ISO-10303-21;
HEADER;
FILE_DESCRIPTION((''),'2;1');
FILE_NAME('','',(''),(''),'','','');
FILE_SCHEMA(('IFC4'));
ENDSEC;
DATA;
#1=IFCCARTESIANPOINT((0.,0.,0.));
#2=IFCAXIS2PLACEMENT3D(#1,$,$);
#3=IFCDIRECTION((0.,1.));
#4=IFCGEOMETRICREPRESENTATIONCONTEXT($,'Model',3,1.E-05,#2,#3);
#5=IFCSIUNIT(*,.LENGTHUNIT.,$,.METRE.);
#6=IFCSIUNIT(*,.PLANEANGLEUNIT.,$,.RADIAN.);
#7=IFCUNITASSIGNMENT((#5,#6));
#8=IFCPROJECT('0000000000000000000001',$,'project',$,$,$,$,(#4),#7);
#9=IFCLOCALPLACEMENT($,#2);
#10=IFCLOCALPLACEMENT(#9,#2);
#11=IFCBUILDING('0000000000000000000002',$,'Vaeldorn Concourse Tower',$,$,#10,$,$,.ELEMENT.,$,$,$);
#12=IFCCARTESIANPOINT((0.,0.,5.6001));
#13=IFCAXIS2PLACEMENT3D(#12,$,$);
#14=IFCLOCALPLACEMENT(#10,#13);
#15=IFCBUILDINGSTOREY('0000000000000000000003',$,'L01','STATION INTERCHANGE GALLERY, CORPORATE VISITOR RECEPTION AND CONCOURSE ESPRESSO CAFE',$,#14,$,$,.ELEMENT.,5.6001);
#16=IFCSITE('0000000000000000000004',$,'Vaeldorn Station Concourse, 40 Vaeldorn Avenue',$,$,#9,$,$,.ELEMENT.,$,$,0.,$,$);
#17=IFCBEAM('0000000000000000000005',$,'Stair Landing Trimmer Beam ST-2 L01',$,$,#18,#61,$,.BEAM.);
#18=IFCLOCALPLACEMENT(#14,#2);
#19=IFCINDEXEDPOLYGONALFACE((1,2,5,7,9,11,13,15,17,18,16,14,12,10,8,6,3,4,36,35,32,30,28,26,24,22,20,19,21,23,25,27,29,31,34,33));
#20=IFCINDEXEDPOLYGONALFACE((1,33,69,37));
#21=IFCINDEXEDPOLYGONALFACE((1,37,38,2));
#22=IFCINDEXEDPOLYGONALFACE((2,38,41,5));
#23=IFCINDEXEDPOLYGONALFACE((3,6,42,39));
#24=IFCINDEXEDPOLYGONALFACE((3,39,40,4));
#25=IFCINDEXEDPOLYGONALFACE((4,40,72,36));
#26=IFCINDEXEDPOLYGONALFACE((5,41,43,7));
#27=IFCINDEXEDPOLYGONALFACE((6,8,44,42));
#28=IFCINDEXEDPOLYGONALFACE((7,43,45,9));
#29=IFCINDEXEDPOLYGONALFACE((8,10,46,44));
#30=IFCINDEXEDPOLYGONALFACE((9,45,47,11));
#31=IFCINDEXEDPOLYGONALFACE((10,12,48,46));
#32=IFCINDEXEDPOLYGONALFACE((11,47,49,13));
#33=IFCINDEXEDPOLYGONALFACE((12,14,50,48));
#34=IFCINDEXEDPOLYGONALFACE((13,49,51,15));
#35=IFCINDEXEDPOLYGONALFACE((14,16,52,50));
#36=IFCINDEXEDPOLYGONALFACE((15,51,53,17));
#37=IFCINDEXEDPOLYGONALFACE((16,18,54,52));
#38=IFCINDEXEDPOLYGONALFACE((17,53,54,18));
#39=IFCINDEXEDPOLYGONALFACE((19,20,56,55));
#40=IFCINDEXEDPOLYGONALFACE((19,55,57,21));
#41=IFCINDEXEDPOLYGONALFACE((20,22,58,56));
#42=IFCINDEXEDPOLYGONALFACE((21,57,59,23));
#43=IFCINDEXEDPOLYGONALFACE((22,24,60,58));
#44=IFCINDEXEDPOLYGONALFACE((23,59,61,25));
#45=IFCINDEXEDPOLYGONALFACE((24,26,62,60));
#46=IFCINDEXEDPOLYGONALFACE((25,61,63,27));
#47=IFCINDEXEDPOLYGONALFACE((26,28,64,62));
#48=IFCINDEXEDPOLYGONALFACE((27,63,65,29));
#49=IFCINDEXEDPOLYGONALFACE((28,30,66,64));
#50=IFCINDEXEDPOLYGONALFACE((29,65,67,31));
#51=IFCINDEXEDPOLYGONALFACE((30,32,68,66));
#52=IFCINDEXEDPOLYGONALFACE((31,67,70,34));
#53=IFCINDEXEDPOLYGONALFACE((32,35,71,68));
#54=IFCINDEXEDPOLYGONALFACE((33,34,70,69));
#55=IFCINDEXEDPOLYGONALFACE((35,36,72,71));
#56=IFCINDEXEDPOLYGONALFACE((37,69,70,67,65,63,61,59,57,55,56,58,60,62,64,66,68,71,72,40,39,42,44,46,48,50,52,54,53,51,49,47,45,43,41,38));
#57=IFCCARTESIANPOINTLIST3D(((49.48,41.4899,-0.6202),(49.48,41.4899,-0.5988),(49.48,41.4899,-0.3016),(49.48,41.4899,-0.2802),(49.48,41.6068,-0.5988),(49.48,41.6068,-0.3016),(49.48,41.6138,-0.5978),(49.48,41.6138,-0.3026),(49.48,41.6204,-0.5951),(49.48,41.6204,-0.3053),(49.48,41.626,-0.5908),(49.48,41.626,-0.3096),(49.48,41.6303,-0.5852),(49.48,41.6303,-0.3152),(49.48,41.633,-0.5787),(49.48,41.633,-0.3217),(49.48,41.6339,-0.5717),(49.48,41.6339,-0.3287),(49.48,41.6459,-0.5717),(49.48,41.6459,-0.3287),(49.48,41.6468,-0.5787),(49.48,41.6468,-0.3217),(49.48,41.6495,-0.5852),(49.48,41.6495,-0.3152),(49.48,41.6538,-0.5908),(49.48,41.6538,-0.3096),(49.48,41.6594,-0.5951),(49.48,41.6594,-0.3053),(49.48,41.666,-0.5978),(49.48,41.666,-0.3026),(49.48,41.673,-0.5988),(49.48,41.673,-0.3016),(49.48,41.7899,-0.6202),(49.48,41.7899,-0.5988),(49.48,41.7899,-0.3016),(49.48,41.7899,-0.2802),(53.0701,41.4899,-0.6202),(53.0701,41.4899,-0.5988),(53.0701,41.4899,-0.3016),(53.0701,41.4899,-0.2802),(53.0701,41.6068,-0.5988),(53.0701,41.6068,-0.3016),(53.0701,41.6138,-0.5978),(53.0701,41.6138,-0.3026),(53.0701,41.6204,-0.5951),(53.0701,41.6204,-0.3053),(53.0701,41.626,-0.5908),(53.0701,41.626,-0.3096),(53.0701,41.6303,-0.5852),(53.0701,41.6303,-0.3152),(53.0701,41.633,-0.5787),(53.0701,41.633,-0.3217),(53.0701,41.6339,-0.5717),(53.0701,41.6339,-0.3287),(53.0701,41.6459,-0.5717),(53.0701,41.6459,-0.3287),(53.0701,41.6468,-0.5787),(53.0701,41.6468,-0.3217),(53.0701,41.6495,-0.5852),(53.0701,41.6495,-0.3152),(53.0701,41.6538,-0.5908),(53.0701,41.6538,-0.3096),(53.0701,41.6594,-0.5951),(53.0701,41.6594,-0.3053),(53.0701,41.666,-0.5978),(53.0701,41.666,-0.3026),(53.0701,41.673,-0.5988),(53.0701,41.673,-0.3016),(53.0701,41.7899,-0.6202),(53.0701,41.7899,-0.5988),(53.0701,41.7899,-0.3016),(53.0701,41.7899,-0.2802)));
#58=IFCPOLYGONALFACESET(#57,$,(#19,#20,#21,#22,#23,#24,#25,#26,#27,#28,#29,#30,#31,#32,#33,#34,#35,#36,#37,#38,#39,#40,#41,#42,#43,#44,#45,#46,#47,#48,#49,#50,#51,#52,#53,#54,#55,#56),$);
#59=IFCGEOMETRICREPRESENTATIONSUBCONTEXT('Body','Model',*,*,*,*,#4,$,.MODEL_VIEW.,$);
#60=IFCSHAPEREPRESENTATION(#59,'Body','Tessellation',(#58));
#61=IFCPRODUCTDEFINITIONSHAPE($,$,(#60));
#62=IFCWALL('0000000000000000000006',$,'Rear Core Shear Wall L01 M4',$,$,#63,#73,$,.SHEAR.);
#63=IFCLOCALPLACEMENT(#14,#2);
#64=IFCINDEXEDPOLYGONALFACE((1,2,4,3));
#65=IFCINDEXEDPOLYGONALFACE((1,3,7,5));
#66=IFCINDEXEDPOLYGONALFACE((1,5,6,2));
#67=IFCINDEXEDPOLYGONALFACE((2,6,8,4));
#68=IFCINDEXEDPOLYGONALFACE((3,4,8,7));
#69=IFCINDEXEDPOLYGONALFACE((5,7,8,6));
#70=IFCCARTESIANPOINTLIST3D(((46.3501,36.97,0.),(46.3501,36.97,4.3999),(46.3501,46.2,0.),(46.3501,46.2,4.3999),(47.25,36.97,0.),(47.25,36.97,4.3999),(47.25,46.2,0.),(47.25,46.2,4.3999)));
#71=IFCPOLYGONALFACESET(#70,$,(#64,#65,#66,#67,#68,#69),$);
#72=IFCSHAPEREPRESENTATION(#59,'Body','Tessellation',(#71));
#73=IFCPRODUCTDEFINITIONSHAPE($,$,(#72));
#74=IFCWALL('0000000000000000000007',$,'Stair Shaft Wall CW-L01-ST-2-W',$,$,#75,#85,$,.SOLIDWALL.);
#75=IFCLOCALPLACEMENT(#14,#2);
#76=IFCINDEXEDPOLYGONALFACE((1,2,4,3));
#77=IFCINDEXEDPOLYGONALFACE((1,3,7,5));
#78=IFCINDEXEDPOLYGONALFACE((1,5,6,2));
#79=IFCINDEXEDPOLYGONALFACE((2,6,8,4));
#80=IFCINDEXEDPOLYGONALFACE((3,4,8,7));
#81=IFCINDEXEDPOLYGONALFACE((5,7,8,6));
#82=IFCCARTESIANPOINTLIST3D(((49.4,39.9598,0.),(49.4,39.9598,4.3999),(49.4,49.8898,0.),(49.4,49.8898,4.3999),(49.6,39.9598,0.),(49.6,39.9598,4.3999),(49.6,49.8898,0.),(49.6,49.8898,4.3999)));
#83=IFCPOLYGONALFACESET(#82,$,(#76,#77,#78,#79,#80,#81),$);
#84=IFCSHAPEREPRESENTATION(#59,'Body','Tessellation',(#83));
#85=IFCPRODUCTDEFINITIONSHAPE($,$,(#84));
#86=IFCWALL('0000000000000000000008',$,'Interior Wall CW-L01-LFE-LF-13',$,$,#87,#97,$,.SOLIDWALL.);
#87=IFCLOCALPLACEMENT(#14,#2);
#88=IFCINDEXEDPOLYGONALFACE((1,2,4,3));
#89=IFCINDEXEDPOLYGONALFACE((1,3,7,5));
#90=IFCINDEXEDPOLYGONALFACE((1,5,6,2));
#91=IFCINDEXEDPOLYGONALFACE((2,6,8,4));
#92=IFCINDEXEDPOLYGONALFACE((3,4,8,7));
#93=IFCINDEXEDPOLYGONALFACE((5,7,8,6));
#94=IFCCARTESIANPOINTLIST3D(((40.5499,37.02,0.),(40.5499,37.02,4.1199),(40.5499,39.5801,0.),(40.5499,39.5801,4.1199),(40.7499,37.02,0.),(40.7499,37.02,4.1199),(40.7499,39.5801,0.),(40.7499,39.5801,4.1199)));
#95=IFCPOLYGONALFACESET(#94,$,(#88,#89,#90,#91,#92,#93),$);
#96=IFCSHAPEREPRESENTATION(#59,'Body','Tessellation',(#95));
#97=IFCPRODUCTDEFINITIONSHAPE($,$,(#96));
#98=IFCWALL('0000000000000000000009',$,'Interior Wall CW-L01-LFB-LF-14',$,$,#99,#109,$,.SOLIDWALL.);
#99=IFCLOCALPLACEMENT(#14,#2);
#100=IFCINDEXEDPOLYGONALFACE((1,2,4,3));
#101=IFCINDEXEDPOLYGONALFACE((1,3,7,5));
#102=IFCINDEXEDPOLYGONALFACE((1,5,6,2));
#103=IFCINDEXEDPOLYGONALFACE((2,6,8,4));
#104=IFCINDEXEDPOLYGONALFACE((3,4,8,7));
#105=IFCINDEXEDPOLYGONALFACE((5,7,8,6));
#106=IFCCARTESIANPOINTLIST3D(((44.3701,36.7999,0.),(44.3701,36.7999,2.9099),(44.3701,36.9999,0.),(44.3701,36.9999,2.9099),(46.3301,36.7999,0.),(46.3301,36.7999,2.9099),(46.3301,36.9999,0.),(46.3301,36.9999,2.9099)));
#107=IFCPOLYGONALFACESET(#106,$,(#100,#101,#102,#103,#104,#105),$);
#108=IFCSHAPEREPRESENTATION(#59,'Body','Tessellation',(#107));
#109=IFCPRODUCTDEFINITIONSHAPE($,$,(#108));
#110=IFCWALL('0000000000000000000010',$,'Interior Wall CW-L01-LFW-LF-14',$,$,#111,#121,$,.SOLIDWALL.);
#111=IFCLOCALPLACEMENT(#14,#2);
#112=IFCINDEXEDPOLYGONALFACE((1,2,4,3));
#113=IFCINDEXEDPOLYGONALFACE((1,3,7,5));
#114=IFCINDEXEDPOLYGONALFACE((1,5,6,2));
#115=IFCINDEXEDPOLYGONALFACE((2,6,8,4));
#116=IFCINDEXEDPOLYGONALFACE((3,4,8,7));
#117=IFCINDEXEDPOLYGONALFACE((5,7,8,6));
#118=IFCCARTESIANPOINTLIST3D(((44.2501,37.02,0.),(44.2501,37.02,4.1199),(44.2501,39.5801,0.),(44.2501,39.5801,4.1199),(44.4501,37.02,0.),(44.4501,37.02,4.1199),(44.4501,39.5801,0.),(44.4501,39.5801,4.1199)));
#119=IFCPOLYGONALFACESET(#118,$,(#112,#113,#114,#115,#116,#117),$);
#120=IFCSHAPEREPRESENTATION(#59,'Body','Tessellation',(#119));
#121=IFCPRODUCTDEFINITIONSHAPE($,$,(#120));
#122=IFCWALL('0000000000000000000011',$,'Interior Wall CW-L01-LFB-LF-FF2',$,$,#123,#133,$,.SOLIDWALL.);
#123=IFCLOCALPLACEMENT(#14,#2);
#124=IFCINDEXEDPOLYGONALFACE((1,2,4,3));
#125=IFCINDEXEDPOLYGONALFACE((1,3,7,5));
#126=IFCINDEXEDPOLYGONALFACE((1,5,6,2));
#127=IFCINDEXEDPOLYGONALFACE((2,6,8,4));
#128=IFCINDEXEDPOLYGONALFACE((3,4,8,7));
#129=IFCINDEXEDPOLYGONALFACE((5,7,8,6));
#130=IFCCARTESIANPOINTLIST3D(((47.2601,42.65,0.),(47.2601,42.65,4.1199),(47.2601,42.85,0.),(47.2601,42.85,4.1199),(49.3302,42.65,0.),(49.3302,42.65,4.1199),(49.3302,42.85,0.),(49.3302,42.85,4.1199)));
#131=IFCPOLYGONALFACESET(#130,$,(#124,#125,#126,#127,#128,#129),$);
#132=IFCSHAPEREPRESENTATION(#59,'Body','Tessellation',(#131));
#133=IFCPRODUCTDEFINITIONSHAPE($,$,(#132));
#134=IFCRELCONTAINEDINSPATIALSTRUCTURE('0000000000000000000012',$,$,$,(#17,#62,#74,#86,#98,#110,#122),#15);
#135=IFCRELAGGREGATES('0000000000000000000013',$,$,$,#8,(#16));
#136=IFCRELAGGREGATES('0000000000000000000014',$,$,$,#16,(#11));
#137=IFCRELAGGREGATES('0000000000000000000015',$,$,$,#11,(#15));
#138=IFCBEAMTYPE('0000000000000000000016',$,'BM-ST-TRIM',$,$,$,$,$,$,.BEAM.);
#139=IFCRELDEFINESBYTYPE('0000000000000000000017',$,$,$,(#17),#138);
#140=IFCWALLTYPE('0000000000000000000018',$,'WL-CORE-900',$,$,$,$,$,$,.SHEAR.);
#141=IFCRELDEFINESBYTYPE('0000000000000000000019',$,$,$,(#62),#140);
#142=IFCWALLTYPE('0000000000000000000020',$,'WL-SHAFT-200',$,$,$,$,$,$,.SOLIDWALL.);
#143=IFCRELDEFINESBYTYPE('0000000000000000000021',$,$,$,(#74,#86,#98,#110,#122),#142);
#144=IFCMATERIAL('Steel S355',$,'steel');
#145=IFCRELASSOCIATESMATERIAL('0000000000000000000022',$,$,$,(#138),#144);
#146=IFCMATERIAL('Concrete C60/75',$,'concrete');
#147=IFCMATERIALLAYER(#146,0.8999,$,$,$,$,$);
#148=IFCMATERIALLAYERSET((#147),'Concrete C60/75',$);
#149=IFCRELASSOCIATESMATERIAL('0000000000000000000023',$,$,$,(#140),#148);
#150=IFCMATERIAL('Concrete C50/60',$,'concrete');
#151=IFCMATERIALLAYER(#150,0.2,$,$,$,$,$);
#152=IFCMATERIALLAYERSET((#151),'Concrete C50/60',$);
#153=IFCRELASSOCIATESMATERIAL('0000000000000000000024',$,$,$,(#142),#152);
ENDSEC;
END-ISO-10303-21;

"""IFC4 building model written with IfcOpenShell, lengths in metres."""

from ifc_helpers import new_model, si_unit, direction, frame, frame_2d, origin, origin_2d, place, context, subcontext, project, spatial, rectangle, i_section, extrude, source, transform, mapped, material, layer, layer_set, material_profile, profile_set, type_object, element, save


model = new_model("IFC4")

# Units and contexts
model_context = context("Model", 3, precision=1e-05, world=origin(), true_north=direction((0.0, 1.0)))
body_context = subcontext(model_context, "Body", "Model", "MODEL_VIEW")
ifc_project = project(units=[si_unit("LENGTHUNIT", "METRE"), si_unit("PLANEANGLEUNIT", "RADIAN")], contexts=[model_context])

# Site, building, storey
site_placement = place(None, origin())
site = spatial("IfcSite", under=ifc_project, at=site_placement, Name="Vaeldorn Station Concourse, 40 Vaeldorn Avenue", CompositionType="ELEMENT", RefElevation=0.0)
building_placement = place(site_placement, origin())
building = spatial("IfcBuilding", under=site, at=building_placement, Name="Vaeldorn Concourse Tower", CompositionType="ELEMENT")
storey_placement = place(building_placement, frame((0.0, 0.0, 5.6001)))
storey = spatial("IfcBuildingStorey", under=building, at=storey_placement, Name="L01", Description="STATION INTERCHANGE GALLERY, CORPORATE VISITOR RECEPTION AND CONCOURSE ESPRESSO CAFE", CompositionType="ELEMENT", Elevation=5.6001)

# Beam
ifc_material_1 = material(Name="Steel S355", Category="steel")
ifc_material_profile = material_profile(ifc_material_1, i_section(OverallWidth=0.3, OverallDepth=0.3401, WebThickness=0.012, FlangeThickness=0.0215, FilletRadius=0.0271, at=origin_2d()), Name="HEB 340")
ifc_profile_set = profile_set([ifc_material_profile], Name="Steel S355")
beam_type = type_object("IfcBeamType", Name="BM-ST-TRIM", PredefinedType="BEAM", material=ifc_profile_set)
shared_shape_1 = source(origin(), body_context, "Body", "SweptSolid", [
    extrude(i_section(OverallWidth=0.3, OverallDepth=0.3401, WebThickness=0.012, FlangeThickness=0.0215, FilletRadius=0.0271, at=origin_2d()), origin(), (0.0, 0.0, 1.0), 3.5901),
])
beam_placement = place(storey_placement, frame((49.48, 41.6399, -0.4502), z_axis=(1.0, 0.0, 0.0), x_axis=(0.0, 1.0, 0.0)))
element("IfcBeam", 1, at=beam_placement, inside=storey, type_object=beam_type, Name="Stair Landing Trimmer Beam ST-2 L01", PredefinedType="BEAM", context=body_context, shape_type="MappedRepresentation", body=[
    mapped(shared_shape_1, transform((0.0, 0.0, 0.0), scale=1.0)),
])

# Wall
ifc_material_2 = material(Name="Concrete C60/75", Category="concrete")
ifc_layer_1 = layer(ifc_material_2, 0.8999)
ifc_layer_set_1 = layer_set([ifc_layer_1], Name="Concrete C60/75")
wall_type_1 = type_object("IfcWallType", Name="WL-CORE-900", PredefinedType="SHEAR", material=ifc_layer_set_1)
wall_1_placement = place(storey_placement, frame((46.8, 36.97, 0.0), z_axis=(0.0, 0.0, 1.0), x_axis=(0.0, 1.0, 0.0)))
element("IfcWall", 2, at=wall_1_placement, inside=storey, type_object=wall_type_1, Name="Rear Core Shear Wall L01 M4", PredefinedType="SHEAR", context=body_context, shape_type="SweptSolid", body=[
    extrude(rectangle(XDim=9.23, YDim=0.8999, at=frame_2d((4.615, 0.0))), origin(), (0.0, 0.0, 1.0), 4.3999),
])

# Shared definitions
ifc_material_3 = material(Name="Concrete C50/60", Category="concrete")
ifc_layer_2 = layer(ifc_material_3, 0.2)
ifc_layer_set_2 = layer_set([ifc_layer_2], Name="Concrete C50/60")
wall_type_2 = type_object("IfcWallType", Name="WL-SHAFT-200", PredefinedType="SOLIDWALL", material=ifc_layer_set_2)

# Walls
wall_2_placement = place(storey_placement, frame((49.5, 39.96, 0.0), z_axis=(0.0, 0.0, 1.0), x_axis=(0.0, 1.0, 0.0)))
element("IfcWall", 3, at=wall_2_placement, inside=storey, type_object=wall_type_2, Name="Stair Shaft Wall CW-L01-ST-2-W", PredefinedType="SOLIDWALL", context=body_context, shape_type="SweptSolid", body=[
    extrude(rectangle(XDim=9.9299, YDim=0.2, at=frame_2d((4.9648, 0.0))), origin(), (0.0, 0.0, 1.0), 4.3999),
])
wall_3_placement = place(storey_placement, frame((40.6499, 37.02, 0.0), z_axis=(0.0, 0.0, 1.0), x_axis=(0.0, 1.0, 0.0)))
element("IfcWall", 4, at=wall_3_placement, inside=storey, type_object=wall_type_2, Name="Interior Wall CW-L01-LFE-LF-13", PredefinedType="SOLIDWALL", context=body_context, shape_type="SweptSolid", body=[
    extrude(rectangle(XDim=2.5601, YDim=0.2, at=frame_2d((1.28, 0.0))), origin(), (0.0, 0.0, 1.0), 4.1199),
])

# Walls
wall_4_placement = place(storey_placement, frame((44.3701, 36.8999, 0.0), z_axis=(0.0, 0.0, 1.0), x_axis=(1.0, 0.0, 0.0)))
element("IfcWall", 5, at=wall_4_placement, inside=storey, type_object=wall_type_2, Name="Interior Wall CW-L01-LFB-LF-14", PredefinedType="SOLIDWALL", context=body_context, shape_type="SweptSolid", body=[
    extrude(rectangle(XDim=1.96, YDim=0.2, at=frame_2d((0.98, 0.0))), origin(), (0.0, 0.0, 1.0), 2.9099),
])
wall_5_placement = place(storey_placement, frame((44.3501, 37.02, 0.0), z_axis=(0.0, 0.0, 1.0), x_axis=(0.0, 1.0, 0.0)))
element("IfcWall", 6, at=wall_5_placement, inside=storey, type_object=wall_type_2, Name="Interior Wall CW-L01-LFW-LF-14", PredefinedType="SOLIDWALL", context=body_context, shape_type="SweptSolid", body=[
    extrude(rectangle(XDim=2.5601, YDim=0.2, at=frame_2d((1.28, 0.0))), origin(), (0.0, 0.0, 1.0), 4.1199),
])

# Wall
wall_6_placement = place(storey_placement, frame((47.26, 42.75, 0.0), z_axis=(0.0, 0.0, 1.0), x_axis=(1.0, 0.0, 0.0)))
element("IfcWall", 7, at=wall_6_placement, inside=storey, type_object=wall_type_2, Name="Interior Wall CW-L01-LFB-LF-FF2", PredefinedType="SOLIDWALL", context=body_context, shape_type="SweptSolid", body=[
    extrude(rectangle(XDim=2.0701, YDim=0.2, at=frame_2d((1.0352, 0.0))), origin(), (0.0, 0.0, 1.0), 4.1199),
])

save(model, "model.ifc")
